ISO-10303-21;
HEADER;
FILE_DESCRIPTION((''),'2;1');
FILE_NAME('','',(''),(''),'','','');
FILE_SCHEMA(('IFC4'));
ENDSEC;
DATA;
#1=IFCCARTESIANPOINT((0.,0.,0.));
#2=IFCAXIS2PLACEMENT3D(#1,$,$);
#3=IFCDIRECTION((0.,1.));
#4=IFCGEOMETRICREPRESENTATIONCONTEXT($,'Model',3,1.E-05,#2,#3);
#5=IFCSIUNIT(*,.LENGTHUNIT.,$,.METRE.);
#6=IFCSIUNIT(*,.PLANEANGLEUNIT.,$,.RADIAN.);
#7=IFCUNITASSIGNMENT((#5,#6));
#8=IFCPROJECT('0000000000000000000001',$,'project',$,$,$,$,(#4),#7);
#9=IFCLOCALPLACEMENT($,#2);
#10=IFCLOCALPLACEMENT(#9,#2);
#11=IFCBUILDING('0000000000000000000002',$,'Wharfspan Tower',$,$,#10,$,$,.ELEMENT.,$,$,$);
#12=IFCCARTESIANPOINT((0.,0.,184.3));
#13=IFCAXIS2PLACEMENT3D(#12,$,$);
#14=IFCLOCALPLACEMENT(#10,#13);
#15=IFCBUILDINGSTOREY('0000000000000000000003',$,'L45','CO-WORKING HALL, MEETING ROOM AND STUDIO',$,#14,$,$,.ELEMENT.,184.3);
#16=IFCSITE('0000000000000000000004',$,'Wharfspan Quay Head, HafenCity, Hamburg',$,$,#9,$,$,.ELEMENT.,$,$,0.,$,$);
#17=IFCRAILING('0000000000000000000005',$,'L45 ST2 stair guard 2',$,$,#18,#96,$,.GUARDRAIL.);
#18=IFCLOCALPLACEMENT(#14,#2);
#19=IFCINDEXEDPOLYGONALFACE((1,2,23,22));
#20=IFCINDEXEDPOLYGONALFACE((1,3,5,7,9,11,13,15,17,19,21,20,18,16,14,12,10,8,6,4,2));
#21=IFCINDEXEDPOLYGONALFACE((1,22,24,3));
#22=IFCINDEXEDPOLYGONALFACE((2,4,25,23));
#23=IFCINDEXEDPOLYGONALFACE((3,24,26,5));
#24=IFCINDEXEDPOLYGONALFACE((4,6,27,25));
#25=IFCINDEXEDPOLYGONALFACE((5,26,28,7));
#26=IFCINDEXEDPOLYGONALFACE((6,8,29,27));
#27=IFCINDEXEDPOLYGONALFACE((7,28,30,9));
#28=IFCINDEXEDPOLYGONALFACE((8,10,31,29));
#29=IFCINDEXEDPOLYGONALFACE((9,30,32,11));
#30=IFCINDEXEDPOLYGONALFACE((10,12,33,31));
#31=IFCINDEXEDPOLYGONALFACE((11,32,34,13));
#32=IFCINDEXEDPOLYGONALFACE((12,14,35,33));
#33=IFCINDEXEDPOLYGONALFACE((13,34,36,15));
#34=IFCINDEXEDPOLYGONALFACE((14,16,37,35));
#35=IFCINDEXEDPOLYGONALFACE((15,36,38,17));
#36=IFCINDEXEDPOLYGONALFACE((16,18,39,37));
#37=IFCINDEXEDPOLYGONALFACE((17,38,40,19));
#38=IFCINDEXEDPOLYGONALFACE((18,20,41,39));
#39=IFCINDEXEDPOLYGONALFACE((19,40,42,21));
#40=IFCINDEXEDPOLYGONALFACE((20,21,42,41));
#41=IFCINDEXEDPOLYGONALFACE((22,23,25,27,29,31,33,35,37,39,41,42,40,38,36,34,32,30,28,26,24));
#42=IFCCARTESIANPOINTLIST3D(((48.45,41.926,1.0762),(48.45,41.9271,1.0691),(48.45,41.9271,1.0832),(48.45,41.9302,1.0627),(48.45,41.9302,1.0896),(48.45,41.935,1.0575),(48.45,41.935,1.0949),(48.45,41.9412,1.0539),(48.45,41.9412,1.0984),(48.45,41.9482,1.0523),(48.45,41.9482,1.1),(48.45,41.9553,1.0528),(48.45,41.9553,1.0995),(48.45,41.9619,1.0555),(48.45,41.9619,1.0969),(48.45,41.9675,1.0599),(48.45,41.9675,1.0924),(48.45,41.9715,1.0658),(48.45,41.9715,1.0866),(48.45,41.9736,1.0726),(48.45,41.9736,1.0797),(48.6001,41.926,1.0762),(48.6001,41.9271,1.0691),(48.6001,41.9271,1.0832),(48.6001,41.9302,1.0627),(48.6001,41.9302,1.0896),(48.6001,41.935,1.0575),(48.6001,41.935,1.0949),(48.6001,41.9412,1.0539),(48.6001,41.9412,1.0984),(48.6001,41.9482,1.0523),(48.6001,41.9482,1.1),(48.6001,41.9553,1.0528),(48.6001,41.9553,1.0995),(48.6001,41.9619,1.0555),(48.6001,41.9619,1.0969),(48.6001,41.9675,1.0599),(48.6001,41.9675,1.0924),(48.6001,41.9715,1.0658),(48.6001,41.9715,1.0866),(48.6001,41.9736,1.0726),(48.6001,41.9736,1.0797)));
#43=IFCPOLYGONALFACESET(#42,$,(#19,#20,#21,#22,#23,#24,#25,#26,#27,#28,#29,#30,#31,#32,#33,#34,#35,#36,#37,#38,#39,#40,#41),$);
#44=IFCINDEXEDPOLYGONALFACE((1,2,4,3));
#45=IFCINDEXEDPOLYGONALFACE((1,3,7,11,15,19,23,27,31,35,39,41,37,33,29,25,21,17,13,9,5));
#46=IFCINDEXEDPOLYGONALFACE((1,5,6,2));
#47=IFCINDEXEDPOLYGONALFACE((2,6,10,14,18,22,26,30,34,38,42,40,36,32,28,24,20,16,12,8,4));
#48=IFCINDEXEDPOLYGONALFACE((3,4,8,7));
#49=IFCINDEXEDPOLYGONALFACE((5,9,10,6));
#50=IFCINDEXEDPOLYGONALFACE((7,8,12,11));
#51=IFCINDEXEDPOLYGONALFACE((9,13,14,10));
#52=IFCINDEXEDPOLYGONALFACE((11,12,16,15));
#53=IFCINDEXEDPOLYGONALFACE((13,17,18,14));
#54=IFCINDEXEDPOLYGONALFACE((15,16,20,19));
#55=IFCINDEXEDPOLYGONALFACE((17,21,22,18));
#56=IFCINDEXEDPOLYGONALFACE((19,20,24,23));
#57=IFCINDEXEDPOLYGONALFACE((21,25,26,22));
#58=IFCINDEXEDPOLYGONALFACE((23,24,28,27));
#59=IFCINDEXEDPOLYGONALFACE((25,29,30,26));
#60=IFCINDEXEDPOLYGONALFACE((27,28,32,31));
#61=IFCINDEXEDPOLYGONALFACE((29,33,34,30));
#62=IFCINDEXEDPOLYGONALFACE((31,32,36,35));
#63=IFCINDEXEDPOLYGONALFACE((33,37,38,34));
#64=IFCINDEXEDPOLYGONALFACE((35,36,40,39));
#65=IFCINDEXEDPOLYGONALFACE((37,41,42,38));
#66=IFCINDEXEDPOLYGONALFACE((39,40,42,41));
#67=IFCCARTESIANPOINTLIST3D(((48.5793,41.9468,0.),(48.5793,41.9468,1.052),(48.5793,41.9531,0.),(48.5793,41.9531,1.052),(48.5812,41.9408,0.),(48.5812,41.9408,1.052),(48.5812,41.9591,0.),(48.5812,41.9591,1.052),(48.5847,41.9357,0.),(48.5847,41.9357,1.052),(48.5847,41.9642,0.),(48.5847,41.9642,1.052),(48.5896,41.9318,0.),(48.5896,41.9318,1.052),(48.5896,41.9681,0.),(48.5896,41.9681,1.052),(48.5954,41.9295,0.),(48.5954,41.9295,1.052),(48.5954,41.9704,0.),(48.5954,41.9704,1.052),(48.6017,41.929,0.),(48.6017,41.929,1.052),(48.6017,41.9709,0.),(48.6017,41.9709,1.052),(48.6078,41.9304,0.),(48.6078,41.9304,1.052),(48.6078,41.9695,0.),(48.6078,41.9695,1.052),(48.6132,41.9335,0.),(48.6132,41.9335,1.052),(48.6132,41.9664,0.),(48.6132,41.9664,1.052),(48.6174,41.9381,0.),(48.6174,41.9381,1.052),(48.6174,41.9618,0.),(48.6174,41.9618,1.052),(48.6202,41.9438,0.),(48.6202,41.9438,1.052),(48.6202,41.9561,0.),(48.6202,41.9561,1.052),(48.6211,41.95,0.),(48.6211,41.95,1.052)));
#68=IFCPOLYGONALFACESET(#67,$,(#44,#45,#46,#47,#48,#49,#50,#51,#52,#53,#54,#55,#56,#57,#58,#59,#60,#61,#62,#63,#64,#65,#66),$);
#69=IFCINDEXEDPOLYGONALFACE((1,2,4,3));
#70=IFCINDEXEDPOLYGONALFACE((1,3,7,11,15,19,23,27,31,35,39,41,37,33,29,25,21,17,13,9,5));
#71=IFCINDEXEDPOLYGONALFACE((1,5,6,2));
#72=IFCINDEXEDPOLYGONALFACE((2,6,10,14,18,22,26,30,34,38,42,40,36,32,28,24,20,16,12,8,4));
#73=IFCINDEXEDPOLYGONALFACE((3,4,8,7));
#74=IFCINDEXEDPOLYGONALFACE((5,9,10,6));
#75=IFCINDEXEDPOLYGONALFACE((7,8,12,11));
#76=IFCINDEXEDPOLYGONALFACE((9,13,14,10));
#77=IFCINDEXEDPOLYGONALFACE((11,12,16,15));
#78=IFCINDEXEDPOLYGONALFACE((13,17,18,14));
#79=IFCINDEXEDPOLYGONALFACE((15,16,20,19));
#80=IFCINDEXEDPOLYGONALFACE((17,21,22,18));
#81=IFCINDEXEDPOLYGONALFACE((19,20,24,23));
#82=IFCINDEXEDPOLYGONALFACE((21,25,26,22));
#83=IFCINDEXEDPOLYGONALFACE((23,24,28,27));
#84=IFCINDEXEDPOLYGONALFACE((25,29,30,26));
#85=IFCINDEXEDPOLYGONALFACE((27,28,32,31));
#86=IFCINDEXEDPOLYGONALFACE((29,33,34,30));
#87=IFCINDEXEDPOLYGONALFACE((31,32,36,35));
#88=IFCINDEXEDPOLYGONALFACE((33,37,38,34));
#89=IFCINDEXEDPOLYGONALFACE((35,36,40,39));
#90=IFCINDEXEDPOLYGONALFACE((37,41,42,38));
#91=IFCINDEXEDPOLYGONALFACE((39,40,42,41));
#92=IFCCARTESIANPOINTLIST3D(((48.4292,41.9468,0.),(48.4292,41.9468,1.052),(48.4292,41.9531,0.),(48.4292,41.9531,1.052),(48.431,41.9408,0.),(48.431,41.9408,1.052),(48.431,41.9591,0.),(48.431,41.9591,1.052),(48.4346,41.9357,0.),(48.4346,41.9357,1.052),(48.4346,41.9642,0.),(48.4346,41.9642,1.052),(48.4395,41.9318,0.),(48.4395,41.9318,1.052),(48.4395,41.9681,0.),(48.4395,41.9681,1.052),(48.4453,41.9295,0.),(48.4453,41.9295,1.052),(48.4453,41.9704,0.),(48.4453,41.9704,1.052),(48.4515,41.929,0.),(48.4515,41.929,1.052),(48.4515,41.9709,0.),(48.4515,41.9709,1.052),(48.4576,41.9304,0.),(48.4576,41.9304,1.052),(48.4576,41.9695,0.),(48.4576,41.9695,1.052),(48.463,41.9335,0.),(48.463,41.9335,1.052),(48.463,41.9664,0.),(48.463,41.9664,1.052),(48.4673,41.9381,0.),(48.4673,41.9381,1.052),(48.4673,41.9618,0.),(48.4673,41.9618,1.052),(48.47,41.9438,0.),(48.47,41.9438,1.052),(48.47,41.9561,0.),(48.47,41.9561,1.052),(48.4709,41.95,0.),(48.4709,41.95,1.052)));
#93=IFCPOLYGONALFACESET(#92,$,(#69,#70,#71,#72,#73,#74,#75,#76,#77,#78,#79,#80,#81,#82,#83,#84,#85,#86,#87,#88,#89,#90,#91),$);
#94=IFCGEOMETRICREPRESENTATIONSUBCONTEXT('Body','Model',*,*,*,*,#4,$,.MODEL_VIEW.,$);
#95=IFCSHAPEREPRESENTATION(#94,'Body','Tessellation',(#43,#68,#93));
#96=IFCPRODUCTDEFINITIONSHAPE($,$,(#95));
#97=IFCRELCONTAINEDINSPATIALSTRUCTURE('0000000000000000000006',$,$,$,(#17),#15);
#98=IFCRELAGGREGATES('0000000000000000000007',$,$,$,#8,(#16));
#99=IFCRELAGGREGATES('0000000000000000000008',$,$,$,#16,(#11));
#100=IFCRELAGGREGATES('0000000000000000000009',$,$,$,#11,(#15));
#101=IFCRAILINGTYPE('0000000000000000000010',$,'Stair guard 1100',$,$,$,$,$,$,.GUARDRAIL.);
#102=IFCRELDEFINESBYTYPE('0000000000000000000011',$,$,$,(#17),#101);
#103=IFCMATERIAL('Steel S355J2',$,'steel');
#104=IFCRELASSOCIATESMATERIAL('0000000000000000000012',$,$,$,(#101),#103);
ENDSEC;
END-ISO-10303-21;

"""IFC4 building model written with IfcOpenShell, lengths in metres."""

from ifc_helpers import new_model, si_unit, direction, frame, origin, origin_2d, place, context, subcontext, project, spatial, circle, extrude, material, type_object, element, save


model = new_model("IFC4")

# Units and contexts
model_context = context("Model", 3, precision=1e-05, world=origin(), true_north=direction((0.0, 1.0)))
body_context = subcontext(model_context, "Body", "Model", "MODEL_VIEW")
ifc_project = project(units=[si_unit("LENGTHUNIT", "METRE"), si_unit("PLANEANGLEUNIT", "RADIAN")], contexts=[model_context])

# Site, building, storey
site_placement = place(None, origin())
site = spatial("IfcSite", under=ifc_project, at=site_placement, Name="Wharfspan Quay Head, HafenCity, Hamburg", CompositionType="ELEMENT", RefElevation=0.0)
building_placement = place(site_placement, origin())
building = spatial("IfcBuilding", under=site, at=building_placement, Name="Wharfspan Tower", CompositionType="ELEMENT")
storey_placement = place(building_placement, frame((0.0, 0.0, 184.3)))
storey = spatial("IfcBuildingStorey", under=building, at=storey_placement, Name="L45", Description="CO-WORKING HALL, MEETING ROOM AND STUDIO", CompositionType="ELEMENT", Elevation=184.3)

# Railing
ifc_material_1 = material(Name="Steel S355J2", Category="steel")
railing_type_1 = type_object("IfcRailingType", Name="Stair guard 1100", PredefinedType="GUARDRAIL", material=ifc_material_1)
railing_1_placement = place(storey_placement, frame((48.6001, 41.95, 0.0)))
element("IfcRailing", 1, at=railing_1_placement, inside=storey, type_object=railing_type_1, Name="L45 ST2 stair guard 2", PredefinedType="GUARDRAIL", context=body_context, shape_type="SweptSolid", body=[
    extrude(circle(Radius=0.0239, at=origin_2d()), frame((0.0, 0.0, 1.0762), z_axis=(-1.0, 0.0, 0.0), x_axis=(0.0, -1.0, 0.0)), (0.0, 0.0, 1.0), 0.1501),
    extrude(circle(Radius=0.021, at=origin_2d()), origin(), (0.0, 0.0, 1.0), 1.052),
    extrude(circle(Radius=0.021, at=origin_2d()), frame((-0.1501, 0.0, 0.0)), (0.0, 0.0, 1.0), 1.052),
])

save(model, "model.ifc")
